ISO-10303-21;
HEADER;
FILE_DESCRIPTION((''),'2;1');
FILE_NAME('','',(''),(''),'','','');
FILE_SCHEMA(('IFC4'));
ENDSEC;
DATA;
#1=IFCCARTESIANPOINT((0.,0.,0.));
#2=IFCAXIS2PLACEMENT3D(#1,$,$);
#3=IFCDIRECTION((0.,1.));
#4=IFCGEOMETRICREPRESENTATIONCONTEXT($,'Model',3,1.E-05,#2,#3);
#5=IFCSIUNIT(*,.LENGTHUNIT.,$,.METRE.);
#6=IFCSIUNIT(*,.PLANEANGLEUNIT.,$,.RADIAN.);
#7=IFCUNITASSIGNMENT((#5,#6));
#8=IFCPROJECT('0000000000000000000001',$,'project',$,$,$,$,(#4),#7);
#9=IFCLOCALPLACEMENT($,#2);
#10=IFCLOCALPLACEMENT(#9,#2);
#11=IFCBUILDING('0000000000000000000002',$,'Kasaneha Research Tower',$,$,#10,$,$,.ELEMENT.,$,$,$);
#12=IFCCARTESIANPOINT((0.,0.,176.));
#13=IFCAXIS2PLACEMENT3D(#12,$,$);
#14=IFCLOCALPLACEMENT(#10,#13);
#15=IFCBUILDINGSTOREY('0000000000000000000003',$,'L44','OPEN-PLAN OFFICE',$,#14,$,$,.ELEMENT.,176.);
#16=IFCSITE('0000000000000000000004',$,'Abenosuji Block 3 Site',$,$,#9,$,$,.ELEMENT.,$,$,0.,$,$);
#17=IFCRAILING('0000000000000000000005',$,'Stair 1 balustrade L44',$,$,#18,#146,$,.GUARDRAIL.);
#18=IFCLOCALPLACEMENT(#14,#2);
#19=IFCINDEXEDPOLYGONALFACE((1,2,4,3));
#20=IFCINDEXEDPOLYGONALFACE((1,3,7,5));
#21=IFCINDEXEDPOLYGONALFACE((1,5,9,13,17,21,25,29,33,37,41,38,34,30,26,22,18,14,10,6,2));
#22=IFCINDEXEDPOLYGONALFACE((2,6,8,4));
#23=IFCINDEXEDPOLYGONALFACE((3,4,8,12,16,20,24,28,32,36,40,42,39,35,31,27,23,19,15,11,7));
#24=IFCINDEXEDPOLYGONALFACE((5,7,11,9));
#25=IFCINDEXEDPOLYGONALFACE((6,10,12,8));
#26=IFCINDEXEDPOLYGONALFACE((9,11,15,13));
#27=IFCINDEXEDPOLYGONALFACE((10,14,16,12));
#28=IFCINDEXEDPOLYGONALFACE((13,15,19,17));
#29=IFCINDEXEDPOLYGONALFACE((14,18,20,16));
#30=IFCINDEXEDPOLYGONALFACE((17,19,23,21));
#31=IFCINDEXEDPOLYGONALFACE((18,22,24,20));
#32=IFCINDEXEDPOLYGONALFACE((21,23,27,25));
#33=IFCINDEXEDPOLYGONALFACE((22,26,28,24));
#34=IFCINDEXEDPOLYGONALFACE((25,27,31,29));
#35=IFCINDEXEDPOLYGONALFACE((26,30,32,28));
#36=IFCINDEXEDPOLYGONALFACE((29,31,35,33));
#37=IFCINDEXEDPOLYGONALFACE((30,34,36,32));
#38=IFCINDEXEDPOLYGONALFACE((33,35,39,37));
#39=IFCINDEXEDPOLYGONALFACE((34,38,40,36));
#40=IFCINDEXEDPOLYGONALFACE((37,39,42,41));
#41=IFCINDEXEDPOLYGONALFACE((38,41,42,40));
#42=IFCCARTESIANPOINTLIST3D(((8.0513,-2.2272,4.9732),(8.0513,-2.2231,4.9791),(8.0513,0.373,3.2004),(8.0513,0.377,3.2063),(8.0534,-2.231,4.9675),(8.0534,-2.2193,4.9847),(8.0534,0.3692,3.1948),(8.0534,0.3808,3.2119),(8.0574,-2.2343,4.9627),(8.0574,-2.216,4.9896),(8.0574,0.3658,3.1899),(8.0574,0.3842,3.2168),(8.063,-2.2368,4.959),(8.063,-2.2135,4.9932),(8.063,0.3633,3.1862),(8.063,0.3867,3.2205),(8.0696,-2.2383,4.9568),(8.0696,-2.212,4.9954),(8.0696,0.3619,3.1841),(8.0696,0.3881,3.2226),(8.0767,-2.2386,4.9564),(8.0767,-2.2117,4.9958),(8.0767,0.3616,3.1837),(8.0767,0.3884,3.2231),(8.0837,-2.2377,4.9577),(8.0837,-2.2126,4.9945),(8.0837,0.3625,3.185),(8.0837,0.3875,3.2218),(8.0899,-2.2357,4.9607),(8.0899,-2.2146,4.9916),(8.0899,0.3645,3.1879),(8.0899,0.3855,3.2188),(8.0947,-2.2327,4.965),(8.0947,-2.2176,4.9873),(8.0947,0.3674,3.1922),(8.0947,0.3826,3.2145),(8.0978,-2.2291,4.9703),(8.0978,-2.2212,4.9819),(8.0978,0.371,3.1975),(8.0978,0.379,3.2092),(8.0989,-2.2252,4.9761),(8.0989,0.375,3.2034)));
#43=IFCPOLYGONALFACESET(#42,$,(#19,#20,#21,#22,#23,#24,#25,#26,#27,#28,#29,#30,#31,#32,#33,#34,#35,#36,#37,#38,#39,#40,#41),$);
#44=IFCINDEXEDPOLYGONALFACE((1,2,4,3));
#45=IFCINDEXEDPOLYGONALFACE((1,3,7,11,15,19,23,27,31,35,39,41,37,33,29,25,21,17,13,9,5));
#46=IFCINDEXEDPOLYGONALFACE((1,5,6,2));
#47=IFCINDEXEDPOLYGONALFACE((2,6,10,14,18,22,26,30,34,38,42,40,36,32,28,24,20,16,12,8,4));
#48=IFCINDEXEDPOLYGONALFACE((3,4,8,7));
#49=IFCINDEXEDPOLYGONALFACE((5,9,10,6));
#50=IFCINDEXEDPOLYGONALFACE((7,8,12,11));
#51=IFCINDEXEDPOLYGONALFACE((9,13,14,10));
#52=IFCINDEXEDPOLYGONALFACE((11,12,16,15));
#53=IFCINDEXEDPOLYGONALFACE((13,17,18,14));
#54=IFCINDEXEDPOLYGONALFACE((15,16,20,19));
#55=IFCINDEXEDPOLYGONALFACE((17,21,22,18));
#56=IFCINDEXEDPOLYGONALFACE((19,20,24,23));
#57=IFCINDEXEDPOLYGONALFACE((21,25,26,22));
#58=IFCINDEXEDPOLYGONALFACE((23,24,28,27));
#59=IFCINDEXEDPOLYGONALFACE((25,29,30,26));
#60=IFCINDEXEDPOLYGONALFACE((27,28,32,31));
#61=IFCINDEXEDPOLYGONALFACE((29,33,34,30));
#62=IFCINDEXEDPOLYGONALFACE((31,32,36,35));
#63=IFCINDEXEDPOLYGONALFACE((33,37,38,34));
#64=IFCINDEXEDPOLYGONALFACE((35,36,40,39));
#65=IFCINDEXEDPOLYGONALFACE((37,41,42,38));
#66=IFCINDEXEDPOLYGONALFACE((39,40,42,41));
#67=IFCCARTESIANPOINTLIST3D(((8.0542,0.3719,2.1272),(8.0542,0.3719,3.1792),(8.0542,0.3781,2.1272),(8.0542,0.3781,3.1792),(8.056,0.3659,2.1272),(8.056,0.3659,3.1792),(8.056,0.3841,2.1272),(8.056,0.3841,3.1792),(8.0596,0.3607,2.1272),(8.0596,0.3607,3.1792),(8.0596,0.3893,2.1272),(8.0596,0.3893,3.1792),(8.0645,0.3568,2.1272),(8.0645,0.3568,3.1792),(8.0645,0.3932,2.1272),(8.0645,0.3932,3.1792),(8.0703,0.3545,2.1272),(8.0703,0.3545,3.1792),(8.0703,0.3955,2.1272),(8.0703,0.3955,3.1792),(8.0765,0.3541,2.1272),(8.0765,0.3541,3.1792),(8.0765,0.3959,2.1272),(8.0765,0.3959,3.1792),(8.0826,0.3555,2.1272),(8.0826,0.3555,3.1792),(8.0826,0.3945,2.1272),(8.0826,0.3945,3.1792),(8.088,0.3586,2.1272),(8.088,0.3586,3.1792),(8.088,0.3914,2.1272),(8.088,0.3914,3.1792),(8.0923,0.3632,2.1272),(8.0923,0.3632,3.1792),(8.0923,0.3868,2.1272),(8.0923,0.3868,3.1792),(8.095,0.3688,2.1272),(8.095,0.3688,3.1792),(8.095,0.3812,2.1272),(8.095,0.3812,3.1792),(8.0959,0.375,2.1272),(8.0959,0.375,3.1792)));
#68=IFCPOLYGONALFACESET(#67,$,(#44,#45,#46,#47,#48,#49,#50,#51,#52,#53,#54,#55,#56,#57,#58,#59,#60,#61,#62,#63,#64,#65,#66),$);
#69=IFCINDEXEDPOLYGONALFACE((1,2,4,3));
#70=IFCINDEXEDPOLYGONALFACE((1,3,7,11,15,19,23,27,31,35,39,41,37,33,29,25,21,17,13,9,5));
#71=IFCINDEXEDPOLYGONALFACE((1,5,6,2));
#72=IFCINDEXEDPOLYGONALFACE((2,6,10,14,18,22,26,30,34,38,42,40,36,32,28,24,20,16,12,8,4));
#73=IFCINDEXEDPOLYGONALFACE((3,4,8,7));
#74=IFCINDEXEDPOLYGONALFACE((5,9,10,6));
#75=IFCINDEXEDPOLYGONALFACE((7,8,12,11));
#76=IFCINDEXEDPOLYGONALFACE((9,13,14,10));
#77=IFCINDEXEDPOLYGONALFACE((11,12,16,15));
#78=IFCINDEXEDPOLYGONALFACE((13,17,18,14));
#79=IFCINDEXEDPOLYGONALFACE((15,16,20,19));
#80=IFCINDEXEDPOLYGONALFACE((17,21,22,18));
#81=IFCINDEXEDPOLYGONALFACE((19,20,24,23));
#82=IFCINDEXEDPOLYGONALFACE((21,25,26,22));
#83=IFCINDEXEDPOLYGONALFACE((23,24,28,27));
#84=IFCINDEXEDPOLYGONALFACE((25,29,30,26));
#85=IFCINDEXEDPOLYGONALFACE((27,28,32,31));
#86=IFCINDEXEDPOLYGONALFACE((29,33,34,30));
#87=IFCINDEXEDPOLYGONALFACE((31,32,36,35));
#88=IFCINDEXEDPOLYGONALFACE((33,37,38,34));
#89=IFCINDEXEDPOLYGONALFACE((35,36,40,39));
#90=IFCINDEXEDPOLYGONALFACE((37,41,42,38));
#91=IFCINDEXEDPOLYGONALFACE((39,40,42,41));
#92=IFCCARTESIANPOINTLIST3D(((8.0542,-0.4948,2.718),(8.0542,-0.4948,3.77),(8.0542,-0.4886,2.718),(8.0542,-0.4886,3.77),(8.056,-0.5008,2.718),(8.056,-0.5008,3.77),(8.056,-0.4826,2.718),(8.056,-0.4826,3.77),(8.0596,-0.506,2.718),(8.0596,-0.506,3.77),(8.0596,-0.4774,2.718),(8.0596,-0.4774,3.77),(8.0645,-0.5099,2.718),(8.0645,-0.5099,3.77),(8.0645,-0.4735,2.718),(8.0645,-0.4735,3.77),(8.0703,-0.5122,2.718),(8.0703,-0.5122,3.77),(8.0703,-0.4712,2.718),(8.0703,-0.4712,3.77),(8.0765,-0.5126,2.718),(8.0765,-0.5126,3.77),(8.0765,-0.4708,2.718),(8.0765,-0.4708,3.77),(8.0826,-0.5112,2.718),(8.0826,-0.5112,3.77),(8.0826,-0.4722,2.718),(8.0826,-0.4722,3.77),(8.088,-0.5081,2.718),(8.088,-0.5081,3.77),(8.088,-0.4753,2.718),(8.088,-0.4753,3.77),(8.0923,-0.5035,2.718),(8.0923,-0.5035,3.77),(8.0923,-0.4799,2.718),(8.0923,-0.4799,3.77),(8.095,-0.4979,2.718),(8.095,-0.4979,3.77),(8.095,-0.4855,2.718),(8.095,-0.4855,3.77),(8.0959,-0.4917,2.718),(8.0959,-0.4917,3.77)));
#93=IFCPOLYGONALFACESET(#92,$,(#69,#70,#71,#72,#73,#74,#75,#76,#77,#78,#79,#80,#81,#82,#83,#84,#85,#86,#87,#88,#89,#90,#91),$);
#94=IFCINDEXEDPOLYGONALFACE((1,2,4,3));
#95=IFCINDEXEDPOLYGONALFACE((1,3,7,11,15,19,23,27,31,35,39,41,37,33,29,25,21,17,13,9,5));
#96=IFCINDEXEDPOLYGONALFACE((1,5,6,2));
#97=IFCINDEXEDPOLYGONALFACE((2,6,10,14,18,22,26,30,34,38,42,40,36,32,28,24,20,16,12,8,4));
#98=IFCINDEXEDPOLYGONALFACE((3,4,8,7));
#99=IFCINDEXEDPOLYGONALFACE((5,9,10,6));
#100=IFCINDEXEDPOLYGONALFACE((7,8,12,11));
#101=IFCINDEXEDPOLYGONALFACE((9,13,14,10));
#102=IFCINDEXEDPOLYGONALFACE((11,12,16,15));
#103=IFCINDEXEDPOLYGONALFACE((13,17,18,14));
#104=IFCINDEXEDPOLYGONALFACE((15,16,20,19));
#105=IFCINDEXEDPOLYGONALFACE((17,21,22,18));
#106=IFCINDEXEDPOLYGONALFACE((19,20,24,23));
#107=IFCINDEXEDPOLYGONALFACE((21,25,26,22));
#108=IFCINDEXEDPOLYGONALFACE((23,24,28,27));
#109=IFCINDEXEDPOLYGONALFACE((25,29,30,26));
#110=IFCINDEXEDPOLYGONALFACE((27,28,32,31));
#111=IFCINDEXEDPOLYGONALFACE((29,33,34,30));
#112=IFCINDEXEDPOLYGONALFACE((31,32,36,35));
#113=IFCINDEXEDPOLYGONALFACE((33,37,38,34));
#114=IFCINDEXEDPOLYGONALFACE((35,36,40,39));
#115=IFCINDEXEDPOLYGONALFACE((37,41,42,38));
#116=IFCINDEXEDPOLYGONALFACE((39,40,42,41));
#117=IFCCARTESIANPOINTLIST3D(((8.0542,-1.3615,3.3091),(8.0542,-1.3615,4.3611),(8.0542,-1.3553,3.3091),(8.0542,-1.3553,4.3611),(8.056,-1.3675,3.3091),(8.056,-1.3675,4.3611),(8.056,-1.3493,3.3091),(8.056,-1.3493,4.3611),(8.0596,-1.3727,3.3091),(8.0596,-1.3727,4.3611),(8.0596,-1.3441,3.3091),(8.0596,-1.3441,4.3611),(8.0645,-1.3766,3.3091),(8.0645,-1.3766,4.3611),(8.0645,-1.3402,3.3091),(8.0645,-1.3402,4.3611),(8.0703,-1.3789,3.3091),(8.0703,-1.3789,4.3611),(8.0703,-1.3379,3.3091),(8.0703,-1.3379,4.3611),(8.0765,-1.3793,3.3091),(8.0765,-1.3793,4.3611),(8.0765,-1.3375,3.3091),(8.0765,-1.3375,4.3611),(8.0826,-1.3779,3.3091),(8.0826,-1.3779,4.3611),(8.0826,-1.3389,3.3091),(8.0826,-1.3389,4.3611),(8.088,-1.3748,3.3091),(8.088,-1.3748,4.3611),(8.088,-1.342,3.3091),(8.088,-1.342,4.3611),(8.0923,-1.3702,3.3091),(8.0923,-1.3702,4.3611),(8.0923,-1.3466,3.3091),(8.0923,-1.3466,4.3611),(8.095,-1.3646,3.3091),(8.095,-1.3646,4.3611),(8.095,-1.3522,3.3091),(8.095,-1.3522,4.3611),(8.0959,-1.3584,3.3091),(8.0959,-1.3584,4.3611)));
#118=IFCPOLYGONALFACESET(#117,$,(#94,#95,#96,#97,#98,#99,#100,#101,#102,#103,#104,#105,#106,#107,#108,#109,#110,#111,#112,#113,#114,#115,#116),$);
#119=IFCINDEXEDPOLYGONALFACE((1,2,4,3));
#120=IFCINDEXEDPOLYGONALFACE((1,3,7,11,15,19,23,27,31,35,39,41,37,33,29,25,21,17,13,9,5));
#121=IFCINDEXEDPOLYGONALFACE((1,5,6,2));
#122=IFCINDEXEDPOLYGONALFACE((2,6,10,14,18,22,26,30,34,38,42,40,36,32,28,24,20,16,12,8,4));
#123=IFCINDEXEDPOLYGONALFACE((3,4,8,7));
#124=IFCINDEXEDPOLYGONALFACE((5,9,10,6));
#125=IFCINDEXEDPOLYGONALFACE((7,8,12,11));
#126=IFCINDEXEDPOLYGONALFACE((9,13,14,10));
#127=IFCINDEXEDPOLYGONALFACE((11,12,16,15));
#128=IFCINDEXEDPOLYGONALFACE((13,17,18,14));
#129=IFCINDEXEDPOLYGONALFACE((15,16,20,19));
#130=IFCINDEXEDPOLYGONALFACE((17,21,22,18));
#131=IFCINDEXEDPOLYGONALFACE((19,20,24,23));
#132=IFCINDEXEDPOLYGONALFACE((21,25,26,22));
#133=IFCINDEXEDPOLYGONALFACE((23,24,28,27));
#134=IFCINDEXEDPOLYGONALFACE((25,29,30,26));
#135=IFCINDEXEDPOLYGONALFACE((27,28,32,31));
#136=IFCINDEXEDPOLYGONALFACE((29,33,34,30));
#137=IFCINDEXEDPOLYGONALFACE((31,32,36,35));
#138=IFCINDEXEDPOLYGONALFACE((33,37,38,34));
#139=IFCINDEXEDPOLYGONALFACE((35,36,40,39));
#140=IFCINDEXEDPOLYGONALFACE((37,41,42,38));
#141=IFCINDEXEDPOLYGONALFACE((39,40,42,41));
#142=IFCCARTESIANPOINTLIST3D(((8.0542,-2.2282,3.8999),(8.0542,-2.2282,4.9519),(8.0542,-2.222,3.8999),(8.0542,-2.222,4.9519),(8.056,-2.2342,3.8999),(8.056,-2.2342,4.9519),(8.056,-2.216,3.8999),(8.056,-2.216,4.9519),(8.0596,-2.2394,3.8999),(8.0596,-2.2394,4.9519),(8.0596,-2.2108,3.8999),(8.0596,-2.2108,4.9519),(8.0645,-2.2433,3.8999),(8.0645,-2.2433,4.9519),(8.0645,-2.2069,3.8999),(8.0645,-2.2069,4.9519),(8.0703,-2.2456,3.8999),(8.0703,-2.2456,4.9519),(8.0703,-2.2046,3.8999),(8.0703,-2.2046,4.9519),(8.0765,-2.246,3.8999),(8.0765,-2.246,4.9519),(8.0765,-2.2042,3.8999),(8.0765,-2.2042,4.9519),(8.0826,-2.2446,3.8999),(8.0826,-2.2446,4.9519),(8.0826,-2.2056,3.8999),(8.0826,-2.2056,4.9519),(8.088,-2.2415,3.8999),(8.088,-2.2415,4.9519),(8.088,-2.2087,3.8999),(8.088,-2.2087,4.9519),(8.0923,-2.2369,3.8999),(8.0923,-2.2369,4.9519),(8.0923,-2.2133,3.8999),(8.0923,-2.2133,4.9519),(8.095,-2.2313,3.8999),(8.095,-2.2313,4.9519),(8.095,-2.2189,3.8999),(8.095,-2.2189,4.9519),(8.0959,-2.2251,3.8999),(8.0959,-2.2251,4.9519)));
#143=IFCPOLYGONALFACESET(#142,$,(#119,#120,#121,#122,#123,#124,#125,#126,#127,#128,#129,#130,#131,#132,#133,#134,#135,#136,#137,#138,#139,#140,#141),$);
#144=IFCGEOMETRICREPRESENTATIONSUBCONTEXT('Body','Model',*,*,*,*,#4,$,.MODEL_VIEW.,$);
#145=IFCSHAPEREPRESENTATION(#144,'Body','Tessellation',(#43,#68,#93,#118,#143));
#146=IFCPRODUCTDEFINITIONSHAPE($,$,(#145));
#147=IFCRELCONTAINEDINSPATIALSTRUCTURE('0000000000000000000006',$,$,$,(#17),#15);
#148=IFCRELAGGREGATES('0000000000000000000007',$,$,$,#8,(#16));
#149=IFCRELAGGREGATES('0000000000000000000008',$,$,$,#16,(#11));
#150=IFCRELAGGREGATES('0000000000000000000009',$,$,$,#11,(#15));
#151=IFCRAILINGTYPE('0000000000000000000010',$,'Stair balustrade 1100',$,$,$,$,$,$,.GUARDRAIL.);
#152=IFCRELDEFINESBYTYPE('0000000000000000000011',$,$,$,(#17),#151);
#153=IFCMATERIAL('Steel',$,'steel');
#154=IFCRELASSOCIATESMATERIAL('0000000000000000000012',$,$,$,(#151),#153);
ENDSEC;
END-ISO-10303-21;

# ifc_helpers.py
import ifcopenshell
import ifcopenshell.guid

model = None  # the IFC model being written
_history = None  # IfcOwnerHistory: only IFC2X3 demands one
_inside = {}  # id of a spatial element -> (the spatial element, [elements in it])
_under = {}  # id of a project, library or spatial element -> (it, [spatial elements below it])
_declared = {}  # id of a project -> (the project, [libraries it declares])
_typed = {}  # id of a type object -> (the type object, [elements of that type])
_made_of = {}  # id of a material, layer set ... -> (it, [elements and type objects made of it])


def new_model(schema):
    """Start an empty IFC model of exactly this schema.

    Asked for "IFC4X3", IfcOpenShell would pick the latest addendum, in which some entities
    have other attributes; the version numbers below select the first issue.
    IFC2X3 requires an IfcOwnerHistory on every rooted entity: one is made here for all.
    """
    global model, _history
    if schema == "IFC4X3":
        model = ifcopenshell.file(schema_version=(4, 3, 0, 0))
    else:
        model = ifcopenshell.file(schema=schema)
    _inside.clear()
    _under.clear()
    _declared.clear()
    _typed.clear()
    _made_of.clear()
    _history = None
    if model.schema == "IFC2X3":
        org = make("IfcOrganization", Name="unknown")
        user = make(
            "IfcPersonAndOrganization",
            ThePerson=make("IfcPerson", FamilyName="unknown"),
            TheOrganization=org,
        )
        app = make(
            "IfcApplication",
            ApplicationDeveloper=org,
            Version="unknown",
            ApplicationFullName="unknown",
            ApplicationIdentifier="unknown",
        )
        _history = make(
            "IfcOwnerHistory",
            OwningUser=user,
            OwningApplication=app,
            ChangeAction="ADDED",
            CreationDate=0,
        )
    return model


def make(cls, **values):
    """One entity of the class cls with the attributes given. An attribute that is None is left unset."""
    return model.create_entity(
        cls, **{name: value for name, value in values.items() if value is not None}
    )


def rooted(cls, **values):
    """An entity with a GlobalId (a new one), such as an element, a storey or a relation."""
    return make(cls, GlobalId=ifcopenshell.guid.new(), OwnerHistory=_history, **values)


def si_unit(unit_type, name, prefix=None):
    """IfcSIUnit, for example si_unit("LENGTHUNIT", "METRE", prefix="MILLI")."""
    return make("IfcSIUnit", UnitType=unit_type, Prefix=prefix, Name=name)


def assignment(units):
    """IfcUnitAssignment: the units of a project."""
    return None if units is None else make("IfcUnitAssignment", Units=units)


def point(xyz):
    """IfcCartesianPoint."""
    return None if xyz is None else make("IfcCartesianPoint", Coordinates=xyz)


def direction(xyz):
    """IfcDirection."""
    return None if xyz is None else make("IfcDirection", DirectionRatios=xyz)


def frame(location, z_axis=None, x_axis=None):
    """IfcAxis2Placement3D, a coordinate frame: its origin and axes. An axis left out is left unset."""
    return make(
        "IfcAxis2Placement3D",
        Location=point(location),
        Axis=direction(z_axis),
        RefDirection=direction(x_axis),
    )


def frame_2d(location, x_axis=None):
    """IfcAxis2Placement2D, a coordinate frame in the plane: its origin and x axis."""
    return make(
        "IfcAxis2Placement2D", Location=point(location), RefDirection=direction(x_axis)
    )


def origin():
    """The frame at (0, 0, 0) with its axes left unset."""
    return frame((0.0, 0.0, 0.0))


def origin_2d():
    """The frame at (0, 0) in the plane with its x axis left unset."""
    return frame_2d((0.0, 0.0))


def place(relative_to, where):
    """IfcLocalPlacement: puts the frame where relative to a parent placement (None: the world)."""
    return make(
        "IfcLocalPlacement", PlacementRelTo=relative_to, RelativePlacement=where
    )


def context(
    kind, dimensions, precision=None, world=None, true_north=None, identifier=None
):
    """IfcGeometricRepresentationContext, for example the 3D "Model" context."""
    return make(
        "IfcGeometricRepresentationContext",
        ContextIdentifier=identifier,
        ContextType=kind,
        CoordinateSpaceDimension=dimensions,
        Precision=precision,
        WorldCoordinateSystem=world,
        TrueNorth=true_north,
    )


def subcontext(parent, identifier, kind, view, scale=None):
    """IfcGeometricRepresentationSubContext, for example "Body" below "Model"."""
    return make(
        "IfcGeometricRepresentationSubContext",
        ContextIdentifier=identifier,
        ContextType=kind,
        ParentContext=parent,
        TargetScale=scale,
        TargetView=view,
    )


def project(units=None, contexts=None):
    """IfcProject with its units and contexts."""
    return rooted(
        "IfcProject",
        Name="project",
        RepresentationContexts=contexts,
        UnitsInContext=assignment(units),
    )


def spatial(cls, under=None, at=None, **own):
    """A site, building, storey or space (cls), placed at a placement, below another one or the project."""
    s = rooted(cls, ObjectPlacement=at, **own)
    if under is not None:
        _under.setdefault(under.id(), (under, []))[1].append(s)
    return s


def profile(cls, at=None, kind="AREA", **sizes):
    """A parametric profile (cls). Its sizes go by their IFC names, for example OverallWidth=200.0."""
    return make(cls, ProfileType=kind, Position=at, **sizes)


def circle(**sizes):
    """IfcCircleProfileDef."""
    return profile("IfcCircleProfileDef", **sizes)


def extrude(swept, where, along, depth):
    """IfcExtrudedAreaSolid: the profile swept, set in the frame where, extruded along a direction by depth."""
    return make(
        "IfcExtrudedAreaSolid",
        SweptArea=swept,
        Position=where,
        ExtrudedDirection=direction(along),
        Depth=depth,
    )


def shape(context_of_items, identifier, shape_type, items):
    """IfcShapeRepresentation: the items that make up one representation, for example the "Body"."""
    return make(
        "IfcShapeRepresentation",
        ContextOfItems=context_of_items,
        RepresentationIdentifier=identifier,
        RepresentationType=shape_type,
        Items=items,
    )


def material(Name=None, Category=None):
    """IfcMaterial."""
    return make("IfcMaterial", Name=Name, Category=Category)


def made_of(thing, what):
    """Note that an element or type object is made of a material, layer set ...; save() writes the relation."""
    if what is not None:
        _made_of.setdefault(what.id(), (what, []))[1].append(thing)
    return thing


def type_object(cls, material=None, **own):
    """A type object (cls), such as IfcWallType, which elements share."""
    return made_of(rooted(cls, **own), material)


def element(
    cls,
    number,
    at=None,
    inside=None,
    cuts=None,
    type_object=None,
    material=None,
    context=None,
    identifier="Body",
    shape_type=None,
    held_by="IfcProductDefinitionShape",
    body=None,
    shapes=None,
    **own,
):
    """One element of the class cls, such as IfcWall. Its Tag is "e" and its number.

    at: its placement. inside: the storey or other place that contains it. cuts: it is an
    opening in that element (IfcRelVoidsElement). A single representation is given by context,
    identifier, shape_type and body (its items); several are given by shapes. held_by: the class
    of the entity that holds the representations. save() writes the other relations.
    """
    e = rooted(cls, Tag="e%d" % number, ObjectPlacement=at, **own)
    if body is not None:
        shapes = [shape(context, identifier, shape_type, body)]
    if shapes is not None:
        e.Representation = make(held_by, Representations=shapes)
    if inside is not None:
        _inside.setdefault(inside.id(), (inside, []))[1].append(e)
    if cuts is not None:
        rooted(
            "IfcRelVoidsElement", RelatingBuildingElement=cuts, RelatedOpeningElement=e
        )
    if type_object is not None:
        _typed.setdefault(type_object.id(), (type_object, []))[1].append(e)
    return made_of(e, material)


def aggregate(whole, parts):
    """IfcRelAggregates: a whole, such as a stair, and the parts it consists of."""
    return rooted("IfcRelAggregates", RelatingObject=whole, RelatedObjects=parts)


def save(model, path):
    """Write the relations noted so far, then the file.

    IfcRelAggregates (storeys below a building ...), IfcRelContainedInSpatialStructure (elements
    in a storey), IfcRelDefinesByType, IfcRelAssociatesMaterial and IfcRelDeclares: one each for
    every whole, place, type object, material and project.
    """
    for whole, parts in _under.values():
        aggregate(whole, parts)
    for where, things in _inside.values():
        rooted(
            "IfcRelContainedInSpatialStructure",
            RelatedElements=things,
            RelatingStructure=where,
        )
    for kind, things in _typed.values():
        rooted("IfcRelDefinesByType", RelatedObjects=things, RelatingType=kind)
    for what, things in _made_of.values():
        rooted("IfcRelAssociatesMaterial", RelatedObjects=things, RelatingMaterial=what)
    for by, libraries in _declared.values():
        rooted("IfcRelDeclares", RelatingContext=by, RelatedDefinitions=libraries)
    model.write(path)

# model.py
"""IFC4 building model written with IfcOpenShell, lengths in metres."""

from ifc_helpers import new_model, si_unit, direction, frame, origin, origin_2d, place, context, subcontext, project, spatial, circle, extrude, material, type_object, element, save


model = new_model("IFC4")

# Units and contexts
model_context = context("Model", 3, precision=1e-05, world=origin(), true_north=direction((0.0, 1.0)))
body_context = subcontext(model_context, "Body", "Model", "MODEL_VIEW")
ifc_project = project(units=[si_unit("LENGTHUNIT", "METRE"), si_unit("PLANEANGLEUNIT", "RADIAN")], contexts=[model_context])

# Site, building, storey
site_placement = place(None, origin())
site = spatial("IfcSite", under=ifc_project, at=site_placement, Name="Abenosuji Block 3 Site", CompositionType="ELEMENT", RefElevation=0.0)
building_placement = place(site_placement, origin())
building = spatial("IfcBuilding", under=site, at=building_placement, Name="Kasaneha Research Tower", CompositionType="ELEMENT")
storey_placement = place(building_placement, frame((0.0, 0.0, 176.0)))
storey = spatial("IfcBuildingStorey", under=building, at=storey_placement, Name="L44", Description="OPEN-PLAN OFFICE", CompositionType="ELEMENT", Elevation=176.0)

# Railing
ifc_material_1 = material(Name="Steel", Category="steel")
railing_type_1 = type_object("IfcRailingType", Name="Stair balustrade 1100", PredefinedType="GUARDRAIL", material=ifc_material_1)
railing_1_placement = place(storey_placement, frame((8.075, 0.375, 2.1272)))
element("IfcRailing", 1, at=railing_1_placement, inside=storey, type_object=railing_type_1, Name="Stair 1 balustrade L44", PredefinedType="GUARDRAIL", context=body_context, shape_type="SweptSolid", body=[
    extrude(circle(Radius=0.0239, at=origin_2d()), frame((0.0, 0.0, 1.0762), z_axis=(0.0, -0.82624, 0.563318), x_axis=(1.0, 0.0, 0.0)), (0.0, 0.0, 1.0), 3.147),
    extrude(circle(Radius=0.021, at=origin_2d()), origin(), (0.0, 0.0, 1.0), 1.052),
    extrude(circle(Radius=0.021, at=origin_2d()), frame((0.0, -0.8667, 0.5908)), (0.0, 0.0, 1.0), 1.052),
    extrude(circle(Radius=0.021, at=origin_2d()), frame((0.0, -1.7334, 1.1819)), (0.0, 0.0, 1.0), 1.052),
    extrude(circle(Radius=0.021, at=origin_2d()), frame((0.0, -2.6001, 1.7727)), (0.0, 0.0, 1.0), 1.052),
])

save(model, "model.ifc")
